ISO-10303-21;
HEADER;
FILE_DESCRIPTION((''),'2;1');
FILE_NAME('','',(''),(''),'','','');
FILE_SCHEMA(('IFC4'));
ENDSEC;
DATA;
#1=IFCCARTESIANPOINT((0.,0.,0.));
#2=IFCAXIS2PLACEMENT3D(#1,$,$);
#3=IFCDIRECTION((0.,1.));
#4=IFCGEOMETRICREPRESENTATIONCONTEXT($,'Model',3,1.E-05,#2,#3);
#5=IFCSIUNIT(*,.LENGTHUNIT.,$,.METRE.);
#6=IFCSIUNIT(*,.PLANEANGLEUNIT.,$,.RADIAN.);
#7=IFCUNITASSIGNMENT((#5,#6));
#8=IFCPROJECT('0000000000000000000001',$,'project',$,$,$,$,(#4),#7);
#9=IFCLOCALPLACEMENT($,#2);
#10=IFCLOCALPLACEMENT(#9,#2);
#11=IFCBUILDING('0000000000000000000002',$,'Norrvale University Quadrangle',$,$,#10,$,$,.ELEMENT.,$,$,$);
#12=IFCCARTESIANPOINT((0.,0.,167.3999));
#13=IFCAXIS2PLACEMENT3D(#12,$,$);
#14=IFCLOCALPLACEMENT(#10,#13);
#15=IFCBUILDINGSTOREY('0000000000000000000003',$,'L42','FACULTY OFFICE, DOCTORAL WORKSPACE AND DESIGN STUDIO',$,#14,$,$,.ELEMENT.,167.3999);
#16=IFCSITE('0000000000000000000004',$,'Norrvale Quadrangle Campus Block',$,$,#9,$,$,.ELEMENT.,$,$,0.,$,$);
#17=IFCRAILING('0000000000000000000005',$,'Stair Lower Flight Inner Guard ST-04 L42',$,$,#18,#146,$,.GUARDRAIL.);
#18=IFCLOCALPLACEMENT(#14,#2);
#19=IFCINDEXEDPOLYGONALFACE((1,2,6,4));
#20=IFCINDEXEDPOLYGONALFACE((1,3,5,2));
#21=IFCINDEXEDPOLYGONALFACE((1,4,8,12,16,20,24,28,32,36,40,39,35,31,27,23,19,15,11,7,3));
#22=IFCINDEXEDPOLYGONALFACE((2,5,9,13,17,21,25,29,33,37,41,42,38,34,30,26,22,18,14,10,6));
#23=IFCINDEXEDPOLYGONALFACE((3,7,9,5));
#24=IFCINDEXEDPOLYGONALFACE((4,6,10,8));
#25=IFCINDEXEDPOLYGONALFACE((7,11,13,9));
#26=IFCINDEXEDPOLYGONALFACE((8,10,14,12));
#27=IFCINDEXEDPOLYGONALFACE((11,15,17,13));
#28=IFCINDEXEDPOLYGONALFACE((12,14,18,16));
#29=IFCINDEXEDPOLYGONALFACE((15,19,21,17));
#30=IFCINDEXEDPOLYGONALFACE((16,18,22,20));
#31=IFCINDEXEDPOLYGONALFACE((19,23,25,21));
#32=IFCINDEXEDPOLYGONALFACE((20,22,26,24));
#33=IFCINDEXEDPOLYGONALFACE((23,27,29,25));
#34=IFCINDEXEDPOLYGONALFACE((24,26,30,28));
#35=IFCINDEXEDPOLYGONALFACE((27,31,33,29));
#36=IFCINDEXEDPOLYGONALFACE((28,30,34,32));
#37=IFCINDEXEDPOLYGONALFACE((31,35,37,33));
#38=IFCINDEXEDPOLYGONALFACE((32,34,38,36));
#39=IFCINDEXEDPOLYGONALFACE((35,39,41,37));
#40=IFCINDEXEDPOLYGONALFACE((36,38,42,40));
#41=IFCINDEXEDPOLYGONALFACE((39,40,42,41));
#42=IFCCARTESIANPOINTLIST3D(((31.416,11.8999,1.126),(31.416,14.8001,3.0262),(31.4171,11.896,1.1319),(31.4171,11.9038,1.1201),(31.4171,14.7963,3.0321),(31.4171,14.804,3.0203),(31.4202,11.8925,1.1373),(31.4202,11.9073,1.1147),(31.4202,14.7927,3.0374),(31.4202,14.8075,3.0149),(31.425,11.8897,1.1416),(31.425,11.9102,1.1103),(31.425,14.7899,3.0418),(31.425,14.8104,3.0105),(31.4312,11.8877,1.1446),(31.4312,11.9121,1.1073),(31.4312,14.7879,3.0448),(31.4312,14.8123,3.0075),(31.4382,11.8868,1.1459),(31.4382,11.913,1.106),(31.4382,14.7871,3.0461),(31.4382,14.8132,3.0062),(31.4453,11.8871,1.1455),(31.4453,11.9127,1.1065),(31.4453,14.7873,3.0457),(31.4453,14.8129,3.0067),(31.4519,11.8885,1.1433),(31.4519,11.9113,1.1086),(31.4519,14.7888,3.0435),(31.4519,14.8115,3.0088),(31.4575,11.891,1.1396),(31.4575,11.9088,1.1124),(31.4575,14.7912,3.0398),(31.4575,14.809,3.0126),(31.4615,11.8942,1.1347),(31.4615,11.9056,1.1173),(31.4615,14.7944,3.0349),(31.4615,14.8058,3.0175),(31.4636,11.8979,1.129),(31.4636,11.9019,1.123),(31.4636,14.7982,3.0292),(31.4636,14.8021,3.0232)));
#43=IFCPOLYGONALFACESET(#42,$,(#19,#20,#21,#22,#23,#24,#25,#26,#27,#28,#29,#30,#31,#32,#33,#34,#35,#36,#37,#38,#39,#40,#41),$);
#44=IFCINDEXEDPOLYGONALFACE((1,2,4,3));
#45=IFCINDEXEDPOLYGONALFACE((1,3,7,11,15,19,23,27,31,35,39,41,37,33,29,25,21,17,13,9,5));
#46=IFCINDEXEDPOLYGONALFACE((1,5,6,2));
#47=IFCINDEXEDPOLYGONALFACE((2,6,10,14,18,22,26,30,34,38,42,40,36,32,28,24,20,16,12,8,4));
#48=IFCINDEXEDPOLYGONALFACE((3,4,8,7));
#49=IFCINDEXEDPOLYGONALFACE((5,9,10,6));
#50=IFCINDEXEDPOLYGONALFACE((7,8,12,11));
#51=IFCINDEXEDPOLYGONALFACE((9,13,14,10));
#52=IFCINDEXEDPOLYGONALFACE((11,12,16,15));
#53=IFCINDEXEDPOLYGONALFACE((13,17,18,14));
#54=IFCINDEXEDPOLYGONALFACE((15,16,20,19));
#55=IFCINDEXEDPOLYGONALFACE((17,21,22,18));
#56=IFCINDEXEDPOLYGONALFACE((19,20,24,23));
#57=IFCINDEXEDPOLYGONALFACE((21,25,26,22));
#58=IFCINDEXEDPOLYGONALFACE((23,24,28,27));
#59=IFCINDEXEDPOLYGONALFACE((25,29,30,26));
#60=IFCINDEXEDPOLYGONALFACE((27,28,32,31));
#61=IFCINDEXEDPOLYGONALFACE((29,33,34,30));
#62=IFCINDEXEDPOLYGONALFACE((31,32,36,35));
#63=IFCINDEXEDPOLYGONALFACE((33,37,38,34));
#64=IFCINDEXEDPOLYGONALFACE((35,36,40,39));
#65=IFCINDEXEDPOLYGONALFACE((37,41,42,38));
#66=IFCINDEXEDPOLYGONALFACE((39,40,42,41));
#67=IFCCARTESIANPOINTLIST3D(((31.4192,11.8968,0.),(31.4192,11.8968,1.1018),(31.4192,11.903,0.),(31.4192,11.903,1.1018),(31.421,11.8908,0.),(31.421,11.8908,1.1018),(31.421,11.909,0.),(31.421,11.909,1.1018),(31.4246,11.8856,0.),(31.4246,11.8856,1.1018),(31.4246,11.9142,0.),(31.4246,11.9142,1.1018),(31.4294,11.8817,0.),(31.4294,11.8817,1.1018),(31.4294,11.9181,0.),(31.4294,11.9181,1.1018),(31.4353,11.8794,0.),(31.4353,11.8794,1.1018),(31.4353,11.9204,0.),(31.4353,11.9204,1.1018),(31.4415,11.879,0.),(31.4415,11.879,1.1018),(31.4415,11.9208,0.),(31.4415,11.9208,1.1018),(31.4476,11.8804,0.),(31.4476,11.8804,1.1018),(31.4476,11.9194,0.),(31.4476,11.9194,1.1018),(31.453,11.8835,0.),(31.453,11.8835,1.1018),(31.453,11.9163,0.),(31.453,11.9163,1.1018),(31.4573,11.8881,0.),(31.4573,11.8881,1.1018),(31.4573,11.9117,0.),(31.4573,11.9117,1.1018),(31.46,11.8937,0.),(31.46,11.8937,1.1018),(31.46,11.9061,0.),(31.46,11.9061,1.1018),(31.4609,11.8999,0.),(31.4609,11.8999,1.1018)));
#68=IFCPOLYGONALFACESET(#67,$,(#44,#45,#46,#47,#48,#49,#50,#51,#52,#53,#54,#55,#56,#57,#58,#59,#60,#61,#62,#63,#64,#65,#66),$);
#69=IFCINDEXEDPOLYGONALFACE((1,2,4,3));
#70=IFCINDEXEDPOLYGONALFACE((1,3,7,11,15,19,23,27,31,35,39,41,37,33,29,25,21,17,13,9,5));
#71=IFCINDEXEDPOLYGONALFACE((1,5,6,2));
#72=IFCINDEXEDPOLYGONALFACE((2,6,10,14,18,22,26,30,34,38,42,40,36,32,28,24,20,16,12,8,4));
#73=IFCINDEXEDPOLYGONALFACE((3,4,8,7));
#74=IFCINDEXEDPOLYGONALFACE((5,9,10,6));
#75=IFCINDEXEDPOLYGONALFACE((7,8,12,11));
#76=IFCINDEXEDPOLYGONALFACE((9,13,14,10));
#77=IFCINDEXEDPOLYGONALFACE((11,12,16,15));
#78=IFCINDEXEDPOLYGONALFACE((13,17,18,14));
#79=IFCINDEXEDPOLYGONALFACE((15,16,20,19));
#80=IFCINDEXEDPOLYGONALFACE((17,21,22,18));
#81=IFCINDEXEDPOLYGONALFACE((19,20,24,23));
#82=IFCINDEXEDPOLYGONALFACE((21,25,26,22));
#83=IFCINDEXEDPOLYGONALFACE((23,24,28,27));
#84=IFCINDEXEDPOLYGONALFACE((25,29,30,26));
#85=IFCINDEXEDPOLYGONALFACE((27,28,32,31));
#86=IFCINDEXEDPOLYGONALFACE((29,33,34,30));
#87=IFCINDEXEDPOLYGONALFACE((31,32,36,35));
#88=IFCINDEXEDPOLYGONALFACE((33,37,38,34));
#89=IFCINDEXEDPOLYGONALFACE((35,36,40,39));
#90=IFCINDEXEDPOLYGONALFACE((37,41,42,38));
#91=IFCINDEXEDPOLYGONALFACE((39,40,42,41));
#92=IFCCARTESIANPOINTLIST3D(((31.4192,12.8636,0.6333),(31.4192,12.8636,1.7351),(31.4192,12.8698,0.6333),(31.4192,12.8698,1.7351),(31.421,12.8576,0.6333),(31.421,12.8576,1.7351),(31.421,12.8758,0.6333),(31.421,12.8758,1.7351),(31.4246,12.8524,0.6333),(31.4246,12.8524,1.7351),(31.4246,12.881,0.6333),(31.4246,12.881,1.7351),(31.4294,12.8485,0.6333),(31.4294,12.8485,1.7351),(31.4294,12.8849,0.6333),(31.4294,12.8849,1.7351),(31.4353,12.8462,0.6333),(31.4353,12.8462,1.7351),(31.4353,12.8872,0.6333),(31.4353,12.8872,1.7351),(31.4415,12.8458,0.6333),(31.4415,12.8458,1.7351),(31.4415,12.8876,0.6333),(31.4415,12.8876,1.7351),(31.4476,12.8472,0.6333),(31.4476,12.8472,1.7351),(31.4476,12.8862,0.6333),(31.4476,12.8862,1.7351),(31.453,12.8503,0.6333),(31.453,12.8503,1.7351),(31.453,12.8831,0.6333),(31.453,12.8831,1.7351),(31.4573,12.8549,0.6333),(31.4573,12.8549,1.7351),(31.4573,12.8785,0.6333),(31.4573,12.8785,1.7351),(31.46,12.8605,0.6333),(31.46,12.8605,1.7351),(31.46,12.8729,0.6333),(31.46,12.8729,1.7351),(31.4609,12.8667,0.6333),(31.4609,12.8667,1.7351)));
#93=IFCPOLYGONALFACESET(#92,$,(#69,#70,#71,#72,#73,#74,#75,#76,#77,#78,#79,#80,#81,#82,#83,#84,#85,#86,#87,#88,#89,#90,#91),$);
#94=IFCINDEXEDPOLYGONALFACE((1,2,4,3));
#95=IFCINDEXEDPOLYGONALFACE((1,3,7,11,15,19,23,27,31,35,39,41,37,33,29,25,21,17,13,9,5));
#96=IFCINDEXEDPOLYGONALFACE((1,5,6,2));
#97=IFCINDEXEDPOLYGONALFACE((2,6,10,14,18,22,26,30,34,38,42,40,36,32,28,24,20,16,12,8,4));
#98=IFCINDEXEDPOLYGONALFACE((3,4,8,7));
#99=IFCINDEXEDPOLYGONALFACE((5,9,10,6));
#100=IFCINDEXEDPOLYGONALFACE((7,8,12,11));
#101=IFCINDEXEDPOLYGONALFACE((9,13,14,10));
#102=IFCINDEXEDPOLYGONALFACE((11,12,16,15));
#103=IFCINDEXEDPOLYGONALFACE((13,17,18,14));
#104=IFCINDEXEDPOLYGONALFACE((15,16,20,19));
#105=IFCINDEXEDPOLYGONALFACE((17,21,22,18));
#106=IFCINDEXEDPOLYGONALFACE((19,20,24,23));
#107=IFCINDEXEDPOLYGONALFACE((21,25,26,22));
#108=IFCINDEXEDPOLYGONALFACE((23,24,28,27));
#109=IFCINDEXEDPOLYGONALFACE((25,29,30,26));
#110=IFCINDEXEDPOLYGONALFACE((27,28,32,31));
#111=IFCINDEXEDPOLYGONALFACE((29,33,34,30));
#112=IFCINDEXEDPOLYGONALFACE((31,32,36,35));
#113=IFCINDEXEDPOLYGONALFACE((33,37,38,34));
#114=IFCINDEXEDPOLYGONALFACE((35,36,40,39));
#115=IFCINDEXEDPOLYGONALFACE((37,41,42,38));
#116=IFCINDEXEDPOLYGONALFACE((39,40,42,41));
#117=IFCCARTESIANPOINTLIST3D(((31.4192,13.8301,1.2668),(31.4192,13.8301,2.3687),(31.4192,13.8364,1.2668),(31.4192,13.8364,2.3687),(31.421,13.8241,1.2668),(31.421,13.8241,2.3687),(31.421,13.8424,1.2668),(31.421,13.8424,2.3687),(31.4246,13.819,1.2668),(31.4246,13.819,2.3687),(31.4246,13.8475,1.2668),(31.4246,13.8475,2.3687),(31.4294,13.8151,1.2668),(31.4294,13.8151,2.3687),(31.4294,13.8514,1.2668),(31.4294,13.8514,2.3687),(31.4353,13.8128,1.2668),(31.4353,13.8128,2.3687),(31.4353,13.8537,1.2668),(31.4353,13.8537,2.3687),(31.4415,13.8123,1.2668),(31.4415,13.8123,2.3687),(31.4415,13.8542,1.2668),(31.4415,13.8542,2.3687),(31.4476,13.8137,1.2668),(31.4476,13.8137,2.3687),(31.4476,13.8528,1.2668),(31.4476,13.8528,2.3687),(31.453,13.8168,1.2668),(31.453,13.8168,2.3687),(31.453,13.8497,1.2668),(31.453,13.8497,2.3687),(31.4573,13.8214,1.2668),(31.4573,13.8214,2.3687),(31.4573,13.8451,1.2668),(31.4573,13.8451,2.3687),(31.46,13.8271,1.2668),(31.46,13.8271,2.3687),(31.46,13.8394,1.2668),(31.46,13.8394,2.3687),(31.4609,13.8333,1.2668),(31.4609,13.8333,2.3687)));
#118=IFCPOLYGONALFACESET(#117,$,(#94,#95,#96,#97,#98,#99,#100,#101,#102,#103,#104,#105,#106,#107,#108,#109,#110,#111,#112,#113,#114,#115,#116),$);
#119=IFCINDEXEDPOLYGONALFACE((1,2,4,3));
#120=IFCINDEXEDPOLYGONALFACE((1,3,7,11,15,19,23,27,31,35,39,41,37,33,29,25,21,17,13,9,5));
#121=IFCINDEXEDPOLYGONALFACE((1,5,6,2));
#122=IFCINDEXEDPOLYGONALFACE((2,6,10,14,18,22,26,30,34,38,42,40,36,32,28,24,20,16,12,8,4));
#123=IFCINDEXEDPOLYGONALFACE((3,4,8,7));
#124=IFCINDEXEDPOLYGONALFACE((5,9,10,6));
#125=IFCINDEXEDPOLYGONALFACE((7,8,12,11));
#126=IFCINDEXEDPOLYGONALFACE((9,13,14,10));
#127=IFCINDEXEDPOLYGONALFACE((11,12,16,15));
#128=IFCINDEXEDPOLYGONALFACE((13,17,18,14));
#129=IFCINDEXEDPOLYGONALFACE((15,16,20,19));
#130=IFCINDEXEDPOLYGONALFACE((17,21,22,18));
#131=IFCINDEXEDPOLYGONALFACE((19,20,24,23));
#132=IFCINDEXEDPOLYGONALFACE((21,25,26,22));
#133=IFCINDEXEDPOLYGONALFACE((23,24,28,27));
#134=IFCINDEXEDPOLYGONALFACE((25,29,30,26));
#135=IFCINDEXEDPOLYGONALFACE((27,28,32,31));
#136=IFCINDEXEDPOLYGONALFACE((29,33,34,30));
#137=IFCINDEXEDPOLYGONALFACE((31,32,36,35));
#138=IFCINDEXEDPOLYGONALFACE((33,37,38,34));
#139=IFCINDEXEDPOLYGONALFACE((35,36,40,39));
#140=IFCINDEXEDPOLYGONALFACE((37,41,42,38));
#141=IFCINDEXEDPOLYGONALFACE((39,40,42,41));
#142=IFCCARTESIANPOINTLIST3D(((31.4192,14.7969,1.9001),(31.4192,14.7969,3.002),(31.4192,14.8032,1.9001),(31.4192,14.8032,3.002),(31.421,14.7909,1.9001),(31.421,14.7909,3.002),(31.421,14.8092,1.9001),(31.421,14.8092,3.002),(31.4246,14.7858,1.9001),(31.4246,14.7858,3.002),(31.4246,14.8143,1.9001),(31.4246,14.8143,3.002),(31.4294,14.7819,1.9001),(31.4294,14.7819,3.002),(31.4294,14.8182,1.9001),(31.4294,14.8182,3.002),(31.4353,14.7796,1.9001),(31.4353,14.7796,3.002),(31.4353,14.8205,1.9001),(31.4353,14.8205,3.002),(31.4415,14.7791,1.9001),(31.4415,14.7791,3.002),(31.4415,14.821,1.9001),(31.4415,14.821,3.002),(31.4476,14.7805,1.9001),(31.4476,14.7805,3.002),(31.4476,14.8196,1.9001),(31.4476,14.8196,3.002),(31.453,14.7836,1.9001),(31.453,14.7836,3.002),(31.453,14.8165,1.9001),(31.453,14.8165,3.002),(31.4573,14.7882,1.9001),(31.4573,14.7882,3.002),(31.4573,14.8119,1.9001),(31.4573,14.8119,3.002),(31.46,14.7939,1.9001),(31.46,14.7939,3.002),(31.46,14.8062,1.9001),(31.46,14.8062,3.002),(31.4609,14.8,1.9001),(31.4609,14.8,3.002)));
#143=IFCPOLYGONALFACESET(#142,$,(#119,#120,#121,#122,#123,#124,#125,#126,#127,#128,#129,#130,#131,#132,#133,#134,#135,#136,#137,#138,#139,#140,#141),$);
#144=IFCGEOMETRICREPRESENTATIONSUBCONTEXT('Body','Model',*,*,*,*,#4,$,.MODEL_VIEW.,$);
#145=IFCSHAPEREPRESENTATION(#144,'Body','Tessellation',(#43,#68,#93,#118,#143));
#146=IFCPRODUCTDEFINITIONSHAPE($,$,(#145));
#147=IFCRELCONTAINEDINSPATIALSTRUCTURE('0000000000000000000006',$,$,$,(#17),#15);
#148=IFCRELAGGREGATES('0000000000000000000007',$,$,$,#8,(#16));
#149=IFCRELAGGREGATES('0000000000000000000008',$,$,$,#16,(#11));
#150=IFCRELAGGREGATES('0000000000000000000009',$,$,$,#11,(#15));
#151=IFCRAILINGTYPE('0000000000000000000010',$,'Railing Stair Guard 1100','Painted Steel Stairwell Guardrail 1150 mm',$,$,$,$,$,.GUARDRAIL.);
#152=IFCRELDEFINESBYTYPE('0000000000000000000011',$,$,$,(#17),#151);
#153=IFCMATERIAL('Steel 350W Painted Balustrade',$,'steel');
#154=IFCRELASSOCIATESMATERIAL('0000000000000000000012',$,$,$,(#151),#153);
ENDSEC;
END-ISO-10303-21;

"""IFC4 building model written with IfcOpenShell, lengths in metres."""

from ifc_helpers import new_model, si_unit, direction, frame, origin, origin_2d, place, context, subcontext, project, spatial, circle, extrude, material, type_object, element, save


model = new_model("IFC4")

# Units and contexts
model_context = context("Model", 3, precision=1e-05, world=origin(), true_north=direction((0.0, 1.0)))
body_context = subcontext(model_context, "Body", "Model", "MODEL_VIEW")
ifc_project = project(units=[si_unit("LENGTHUNIT", "METRE"), si_unit("PLANEANGLEUNIT", "RADIAN")], contexts=[model_context])

# Site, building, storey
site_placement = place(None, origin())
site = spatial("IfcSite", under=ifc_project, at=site_placement, Name="Norrvale Quadrangle Campus Block", CompositionType="ELEMENT", RefElevation=0.0)
building_placement = place(site_placement, origin())
building = spatial("IfcBuilding", under=site, at=building_placement, Name="Norrvale University Quadrangle", CompositionType="ELEMENT")
storey_placement = place(building_placement, frame((0.0, 0.0, 167.3999)))
storey = spatial("IfcBuildingStorey", under=building, at=storey_placement, Name="L42", Description="FACULTY OFFICE, DOCTORAL WORKSPACE AND DESIGN STUDIO", CompositionType="ELEMENT", Elevation=167.3999)

# Railing
ifc_material_1 = material(Name="Steel 350W Painted Balustrade", Category="steel")
railing_type_1 = type_object("IfcRailingType", Name="Railing Stair Guard 1100", Description="Painted Steel Stairwell Guardrail 1150 mm", PredefinedType="GUARDRAIL", material=ifc_material_1)
railing_1_placement = place(storey_placement, frame((31.4399, 11.8999, 0.0)))
element("IfcRailing", 1, at=railing_1_placement, inside=storey, type_object=railing_type_1, Name="Stair Lower Flight Inner Guard ST-04 L42", PredefinedType="GUARDRAIL", context=body_context, shape_type="SweptSolid", body=[
    extrude(circle(Radius=0.0239, at=origin_2d()), frame((0.0, 0.0, 1.126), z_axis=(0.0, 0.836454, 0.548036), x_axis=(-1.0, 0.0, 0.0)), (0.0, 0.0, 1.0), 3.4673),
    extrude(circle(Radius=0.021, at=origin_2d()), origin(), (0.0, 0.0, 1.0), 1.1018),
    extrude(circle(Radius=0.021, at=origin_2d()), frame((0.0, 0.9668, 0.6333)), (0.0, 0.0, 1.0), 1.1018),
    extrude(circle(Radius=0.021, at=origin_2d()), frame((0.0, 1.9333, 1.2668)), (0.0, 0.0, 1.0), 1.1018),
    extrude(circle(Radius=0.021, at=origin_2d()), frame((0.0, 2.9001, 1.9001)), (0.0, 0.0, 1.0), 1.1018),
])

save(model, "model.ifc")
